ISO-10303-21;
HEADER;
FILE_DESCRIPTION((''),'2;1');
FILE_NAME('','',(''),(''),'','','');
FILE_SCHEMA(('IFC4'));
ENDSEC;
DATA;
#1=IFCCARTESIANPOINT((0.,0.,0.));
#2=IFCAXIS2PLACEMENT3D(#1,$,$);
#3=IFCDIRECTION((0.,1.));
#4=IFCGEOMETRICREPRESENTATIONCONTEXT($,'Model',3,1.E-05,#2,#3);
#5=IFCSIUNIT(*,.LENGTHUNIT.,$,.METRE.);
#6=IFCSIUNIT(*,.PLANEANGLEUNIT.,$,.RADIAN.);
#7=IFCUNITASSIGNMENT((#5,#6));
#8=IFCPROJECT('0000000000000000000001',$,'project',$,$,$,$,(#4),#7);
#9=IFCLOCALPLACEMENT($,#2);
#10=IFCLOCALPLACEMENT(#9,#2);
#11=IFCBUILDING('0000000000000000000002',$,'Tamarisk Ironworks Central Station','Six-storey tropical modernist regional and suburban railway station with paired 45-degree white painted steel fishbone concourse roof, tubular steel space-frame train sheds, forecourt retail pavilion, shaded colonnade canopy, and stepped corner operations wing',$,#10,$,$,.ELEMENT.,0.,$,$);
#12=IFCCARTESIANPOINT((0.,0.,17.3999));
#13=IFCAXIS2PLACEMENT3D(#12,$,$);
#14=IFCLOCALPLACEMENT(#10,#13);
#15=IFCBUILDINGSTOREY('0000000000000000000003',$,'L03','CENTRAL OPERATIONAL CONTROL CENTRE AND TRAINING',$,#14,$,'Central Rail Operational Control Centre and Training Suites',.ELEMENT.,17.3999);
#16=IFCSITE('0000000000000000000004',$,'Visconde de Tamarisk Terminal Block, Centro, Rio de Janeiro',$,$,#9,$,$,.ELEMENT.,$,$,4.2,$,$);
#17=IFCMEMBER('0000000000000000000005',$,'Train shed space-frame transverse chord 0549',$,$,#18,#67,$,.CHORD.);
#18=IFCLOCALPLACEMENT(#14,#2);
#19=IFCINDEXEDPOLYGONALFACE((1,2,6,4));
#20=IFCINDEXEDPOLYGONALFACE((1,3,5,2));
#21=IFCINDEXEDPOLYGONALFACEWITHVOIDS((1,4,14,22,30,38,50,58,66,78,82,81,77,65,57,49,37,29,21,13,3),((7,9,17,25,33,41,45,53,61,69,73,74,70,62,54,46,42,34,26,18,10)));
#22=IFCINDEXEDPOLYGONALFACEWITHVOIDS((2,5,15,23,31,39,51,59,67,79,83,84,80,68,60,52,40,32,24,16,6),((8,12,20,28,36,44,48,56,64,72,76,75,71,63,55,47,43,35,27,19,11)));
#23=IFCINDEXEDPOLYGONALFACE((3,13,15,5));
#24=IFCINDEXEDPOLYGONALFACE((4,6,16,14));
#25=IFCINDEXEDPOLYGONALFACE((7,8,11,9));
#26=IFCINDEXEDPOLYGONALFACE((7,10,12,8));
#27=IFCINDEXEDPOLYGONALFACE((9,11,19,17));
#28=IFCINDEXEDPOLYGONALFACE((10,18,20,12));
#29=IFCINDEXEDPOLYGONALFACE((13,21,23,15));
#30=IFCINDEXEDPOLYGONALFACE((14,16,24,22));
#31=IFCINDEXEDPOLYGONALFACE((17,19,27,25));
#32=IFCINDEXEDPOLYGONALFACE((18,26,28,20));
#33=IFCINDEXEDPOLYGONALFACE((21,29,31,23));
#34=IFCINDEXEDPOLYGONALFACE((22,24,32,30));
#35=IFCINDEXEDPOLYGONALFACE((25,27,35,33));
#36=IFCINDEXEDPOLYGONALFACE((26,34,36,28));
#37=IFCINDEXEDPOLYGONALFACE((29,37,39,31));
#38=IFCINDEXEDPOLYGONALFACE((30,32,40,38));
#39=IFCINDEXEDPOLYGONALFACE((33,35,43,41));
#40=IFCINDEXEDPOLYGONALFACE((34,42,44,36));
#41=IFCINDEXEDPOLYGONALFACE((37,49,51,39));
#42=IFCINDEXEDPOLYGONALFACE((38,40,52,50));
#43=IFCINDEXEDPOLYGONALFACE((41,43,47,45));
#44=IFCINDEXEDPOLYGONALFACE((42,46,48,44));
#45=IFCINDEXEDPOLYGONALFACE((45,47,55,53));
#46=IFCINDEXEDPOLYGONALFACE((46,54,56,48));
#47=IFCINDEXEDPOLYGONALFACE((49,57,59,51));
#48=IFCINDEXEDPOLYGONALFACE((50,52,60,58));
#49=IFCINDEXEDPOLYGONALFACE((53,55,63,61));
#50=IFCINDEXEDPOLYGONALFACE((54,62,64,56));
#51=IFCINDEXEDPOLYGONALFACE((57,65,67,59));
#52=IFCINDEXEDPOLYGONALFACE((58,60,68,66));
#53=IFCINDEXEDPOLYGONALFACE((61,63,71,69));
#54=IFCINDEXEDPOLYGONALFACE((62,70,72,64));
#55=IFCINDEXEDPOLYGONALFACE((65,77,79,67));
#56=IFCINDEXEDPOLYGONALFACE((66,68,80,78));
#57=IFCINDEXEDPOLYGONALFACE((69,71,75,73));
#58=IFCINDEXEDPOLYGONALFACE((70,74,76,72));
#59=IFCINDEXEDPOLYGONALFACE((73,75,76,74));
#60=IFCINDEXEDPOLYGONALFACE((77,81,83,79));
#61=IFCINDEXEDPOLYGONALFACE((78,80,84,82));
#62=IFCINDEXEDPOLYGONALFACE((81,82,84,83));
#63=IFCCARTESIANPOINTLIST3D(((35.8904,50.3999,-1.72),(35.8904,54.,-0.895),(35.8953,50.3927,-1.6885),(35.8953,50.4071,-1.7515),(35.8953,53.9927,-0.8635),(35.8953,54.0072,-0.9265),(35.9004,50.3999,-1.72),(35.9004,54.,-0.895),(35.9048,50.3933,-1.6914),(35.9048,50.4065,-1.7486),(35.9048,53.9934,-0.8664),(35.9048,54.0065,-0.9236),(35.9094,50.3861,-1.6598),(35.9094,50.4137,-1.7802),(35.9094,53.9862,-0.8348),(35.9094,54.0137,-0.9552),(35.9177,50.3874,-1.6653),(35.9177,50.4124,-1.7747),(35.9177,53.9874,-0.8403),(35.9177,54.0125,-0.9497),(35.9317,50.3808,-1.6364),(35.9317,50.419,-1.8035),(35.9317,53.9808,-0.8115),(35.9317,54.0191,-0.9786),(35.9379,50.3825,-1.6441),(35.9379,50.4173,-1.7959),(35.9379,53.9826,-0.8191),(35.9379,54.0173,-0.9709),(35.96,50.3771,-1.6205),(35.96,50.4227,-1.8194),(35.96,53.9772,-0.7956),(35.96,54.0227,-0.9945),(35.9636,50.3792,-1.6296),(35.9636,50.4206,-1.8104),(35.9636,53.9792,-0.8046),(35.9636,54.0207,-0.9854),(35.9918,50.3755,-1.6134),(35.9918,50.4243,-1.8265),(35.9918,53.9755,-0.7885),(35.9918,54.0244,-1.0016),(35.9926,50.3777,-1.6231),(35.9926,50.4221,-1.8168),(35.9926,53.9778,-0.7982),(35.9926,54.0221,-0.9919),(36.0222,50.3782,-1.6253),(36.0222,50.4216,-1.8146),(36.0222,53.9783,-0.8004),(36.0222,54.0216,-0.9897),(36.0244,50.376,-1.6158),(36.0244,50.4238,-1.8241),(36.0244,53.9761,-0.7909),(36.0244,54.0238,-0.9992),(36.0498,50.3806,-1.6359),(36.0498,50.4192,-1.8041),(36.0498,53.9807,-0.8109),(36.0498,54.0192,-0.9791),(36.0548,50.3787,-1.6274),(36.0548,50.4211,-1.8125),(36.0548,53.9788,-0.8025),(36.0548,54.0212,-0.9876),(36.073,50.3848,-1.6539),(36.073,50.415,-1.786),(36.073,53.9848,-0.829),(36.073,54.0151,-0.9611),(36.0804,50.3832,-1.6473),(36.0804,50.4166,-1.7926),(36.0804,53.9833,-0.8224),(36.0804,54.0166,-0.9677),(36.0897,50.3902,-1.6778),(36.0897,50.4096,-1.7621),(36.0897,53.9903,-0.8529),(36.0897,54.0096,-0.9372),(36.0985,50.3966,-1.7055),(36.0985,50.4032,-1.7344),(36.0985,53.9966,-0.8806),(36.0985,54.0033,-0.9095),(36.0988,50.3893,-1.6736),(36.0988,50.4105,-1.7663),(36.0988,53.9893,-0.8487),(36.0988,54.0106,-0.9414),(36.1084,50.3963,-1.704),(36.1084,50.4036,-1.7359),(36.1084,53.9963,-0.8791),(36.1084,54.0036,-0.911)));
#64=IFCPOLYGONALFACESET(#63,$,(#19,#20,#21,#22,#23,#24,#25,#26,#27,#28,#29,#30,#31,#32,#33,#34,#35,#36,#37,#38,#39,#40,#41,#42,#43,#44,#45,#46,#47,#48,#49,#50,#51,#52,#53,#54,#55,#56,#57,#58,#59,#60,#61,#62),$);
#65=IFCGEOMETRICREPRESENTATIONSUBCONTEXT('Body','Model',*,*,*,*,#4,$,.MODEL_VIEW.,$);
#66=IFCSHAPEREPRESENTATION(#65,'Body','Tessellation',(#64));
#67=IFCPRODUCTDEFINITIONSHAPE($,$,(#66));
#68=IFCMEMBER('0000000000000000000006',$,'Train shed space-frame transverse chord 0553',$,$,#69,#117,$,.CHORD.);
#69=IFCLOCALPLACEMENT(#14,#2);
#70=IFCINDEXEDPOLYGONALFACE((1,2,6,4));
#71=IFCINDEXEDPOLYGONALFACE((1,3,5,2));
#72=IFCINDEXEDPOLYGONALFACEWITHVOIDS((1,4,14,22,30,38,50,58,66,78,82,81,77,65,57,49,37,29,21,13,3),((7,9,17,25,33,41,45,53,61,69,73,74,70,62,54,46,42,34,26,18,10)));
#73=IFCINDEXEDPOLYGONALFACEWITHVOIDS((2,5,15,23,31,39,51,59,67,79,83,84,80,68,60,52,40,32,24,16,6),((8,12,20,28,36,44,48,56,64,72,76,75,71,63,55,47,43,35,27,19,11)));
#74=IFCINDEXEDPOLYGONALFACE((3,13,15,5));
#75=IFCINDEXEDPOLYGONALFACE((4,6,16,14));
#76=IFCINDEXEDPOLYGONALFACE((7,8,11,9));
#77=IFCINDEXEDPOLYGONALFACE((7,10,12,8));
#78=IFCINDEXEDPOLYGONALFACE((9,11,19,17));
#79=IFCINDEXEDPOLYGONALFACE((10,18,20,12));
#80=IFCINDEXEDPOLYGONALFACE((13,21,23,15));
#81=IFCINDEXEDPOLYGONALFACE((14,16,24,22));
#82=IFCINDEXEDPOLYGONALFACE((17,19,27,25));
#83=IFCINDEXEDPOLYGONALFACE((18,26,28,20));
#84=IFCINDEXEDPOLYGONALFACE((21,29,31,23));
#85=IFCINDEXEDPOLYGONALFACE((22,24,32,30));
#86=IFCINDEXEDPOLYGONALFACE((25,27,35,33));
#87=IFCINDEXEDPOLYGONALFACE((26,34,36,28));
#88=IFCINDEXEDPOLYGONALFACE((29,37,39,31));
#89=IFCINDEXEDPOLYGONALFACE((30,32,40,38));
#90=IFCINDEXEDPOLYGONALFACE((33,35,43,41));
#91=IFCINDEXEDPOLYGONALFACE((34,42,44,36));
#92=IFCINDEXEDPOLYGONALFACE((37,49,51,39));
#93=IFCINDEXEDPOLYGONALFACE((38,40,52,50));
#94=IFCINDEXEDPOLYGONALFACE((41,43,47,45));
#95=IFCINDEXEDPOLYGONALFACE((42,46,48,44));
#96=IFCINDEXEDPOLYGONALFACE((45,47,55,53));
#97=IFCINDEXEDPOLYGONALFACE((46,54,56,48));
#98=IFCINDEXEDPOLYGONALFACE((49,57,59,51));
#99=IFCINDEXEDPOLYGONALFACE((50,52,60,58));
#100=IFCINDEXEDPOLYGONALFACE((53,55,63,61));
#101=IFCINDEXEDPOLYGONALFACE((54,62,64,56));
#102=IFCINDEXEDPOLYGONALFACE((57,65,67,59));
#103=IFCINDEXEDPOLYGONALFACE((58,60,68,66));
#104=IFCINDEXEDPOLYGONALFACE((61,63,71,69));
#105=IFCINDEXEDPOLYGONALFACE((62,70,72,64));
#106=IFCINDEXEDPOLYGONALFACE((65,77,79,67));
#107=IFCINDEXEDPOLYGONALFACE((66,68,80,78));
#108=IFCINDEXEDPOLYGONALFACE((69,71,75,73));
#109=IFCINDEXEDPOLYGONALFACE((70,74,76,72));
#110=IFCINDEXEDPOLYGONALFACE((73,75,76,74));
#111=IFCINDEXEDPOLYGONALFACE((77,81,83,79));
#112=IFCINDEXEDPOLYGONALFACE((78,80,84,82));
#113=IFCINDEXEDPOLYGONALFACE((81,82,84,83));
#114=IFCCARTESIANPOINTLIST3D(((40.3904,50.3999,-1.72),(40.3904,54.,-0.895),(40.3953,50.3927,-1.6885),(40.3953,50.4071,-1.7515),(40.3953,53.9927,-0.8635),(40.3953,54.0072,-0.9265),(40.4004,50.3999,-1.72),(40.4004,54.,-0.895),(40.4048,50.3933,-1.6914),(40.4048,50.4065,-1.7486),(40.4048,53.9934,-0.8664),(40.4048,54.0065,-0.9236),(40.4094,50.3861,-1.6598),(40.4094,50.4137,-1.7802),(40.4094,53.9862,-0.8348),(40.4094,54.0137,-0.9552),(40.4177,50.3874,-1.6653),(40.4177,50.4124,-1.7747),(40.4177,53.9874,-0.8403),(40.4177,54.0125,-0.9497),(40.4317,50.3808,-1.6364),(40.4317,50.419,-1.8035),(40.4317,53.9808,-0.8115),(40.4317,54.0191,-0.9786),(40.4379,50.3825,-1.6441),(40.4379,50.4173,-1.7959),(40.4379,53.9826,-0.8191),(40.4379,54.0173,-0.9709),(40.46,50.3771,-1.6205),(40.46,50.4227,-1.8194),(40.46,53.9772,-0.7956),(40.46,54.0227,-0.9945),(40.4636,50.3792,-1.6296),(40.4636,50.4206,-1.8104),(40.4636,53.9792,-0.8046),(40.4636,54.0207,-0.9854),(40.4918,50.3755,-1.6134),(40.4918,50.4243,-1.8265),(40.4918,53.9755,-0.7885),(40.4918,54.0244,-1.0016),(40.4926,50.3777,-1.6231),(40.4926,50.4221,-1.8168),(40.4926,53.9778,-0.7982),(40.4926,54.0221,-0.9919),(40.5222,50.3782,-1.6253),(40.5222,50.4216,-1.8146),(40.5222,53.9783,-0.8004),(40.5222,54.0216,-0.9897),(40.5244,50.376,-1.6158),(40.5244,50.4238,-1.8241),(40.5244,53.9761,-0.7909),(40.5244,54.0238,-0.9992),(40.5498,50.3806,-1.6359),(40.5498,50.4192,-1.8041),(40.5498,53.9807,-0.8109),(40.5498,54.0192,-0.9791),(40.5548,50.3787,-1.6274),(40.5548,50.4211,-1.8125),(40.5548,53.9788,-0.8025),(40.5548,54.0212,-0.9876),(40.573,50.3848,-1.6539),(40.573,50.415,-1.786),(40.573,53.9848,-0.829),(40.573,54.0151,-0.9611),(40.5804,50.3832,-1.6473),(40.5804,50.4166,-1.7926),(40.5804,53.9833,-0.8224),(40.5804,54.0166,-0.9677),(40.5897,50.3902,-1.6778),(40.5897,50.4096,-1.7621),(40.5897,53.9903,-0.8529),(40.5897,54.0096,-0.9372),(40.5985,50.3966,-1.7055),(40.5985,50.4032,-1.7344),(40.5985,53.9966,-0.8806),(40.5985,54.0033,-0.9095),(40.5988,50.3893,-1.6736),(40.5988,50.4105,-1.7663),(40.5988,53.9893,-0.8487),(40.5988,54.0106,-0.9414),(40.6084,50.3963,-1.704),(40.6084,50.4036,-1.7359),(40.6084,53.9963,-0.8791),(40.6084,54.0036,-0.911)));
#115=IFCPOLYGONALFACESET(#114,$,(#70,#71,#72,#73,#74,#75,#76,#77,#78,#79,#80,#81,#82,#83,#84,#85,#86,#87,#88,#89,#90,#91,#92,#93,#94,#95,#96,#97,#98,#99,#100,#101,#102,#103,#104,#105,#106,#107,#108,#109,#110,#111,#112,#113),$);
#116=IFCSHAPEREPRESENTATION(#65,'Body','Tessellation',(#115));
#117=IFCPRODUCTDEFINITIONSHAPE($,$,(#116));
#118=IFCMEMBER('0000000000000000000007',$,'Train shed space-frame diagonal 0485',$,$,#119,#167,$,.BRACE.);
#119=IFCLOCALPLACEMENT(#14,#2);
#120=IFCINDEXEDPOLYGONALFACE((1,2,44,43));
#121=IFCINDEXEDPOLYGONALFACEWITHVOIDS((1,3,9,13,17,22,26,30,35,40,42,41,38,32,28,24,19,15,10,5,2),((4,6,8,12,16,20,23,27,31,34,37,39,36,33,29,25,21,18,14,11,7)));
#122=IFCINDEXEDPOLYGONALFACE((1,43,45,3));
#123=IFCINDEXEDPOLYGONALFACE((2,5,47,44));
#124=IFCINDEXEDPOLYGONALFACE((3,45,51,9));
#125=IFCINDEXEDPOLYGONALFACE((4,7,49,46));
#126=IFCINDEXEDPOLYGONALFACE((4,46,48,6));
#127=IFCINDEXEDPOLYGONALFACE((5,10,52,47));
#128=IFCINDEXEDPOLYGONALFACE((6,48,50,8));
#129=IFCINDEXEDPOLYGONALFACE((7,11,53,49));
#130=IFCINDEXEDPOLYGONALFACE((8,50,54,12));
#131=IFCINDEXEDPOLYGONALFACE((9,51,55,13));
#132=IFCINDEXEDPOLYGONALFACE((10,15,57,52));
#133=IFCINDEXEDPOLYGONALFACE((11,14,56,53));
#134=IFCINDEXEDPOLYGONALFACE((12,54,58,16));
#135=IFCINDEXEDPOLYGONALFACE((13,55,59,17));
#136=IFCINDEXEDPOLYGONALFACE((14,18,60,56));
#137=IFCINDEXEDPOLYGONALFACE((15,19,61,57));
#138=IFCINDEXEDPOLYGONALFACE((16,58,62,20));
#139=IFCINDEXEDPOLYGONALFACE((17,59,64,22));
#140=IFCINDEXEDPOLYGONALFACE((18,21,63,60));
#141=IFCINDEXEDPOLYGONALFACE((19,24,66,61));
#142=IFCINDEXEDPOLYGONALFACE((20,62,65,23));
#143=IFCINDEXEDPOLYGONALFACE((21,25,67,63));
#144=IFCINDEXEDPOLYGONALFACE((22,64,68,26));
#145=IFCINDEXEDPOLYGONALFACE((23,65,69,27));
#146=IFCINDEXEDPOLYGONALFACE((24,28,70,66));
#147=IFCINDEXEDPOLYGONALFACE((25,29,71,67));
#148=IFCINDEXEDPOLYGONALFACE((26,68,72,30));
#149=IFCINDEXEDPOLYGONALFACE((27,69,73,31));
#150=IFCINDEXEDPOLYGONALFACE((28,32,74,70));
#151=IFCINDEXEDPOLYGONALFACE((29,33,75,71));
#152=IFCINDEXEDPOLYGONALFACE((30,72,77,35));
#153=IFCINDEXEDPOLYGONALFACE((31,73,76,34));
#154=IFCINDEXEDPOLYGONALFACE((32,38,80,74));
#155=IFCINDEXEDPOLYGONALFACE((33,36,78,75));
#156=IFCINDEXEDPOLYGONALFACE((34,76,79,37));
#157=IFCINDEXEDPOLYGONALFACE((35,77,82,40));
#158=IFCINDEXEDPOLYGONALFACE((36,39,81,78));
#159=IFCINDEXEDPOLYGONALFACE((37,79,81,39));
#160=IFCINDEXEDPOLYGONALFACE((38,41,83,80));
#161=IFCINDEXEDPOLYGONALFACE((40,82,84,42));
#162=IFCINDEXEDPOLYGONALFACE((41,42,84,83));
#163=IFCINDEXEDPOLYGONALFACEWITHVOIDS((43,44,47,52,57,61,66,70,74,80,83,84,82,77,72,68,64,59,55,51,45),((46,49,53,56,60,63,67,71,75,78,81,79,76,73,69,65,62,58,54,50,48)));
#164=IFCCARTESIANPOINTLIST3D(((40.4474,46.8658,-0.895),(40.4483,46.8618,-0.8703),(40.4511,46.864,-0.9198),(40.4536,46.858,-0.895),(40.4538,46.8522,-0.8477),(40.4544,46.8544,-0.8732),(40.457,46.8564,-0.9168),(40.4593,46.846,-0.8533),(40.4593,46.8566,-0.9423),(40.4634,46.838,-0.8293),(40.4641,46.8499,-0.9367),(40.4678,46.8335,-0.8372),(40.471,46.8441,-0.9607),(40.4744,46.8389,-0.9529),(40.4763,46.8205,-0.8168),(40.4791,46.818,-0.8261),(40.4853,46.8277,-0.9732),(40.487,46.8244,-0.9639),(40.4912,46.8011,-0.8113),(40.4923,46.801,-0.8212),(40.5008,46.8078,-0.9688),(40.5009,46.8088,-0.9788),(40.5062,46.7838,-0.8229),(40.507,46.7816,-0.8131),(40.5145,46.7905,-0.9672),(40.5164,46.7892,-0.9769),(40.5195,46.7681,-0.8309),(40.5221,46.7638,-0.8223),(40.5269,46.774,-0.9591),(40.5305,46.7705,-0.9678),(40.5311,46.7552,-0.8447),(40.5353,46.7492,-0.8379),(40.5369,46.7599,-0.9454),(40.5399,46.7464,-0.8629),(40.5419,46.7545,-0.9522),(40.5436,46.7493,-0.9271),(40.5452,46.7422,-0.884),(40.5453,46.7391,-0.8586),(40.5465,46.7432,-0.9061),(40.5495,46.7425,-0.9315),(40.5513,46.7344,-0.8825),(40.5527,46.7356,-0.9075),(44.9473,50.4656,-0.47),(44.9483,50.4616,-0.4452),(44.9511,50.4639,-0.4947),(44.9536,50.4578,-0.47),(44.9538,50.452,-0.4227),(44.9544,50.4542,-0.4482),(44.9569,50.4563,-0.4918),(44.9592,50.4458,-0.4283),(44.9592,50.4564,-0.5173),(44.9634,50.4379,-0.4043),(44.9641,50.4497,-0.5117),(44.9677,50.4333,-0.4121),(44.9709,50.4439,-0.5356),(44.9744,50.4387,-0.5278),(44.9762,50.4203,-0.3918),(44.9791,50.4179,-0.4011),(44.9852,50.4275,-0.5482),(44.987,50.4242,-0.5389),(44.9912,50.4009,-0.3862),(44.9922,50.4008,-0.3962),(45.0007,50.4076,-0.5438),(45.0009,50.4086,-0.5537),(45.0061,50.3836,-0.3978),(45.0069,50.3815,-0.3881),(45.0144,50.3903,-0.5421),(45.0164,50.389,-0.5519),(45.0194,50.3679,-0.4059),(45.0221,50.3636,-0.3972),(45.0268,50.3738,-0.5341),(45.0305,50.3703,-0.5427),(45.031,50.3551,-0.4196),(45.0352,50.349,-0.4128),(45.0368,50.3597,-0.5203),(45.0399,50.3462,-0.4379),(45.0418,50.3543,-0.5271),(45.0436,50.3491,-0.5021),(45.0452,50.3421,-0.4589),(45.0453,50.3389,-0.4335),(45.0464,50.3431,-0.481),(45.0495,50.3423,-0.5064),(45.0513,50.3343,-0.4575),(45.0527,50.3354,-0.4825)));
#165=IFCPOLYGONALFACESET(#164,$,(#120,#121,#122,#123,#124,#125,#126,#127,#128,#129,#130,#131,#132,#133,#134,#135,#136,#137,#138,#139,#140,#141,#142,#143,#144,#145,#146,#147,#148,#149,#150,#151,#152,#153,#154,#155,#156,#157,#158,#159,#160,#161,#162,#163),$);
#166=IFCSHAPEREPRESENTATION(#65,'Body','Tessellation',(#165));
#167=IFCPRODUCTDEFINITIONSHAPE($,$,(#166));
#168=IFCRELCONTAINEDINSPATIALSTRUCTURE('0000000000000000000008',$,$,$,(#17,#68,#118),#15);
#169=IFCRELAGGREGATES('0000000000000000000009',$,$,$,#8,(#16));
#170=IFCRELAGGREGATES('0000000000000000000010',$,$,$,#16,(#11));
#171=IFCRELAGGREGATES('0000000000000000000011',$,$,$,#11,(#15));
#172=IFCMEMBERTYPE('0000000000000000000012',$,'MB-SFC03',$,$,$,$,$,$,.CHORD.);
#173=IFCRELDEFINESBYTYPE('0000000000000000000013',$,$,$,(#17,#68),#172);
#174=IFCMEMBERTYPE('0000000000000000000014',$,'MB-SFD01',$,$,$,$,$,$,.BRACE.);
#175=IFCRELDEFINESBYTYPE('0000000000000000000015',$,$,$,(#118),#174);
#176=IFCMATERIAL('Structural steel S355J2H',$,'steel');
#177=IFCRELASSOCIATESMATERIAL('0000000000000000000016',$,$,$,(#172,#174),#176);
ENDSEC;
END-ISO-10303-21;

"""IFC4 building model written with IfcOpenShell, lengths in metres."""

from ifc_helpers import new_model, si_unit, direction, frame, origin, origin_2d, place, context, subcontext, project, spatial, hollow_circle, extrude, material, material_profile, profile_set, type_object, element, save


model = new_model("IFC4")

# Units and contexts
model_context = context("Model", 3, precision=1e-05, world=origin(), true_north=direction((0.0, 1.0)))
body_context = subcontext(model_context, "Body", "Model", "MODEL_VIEW")
ifc_project = project(units=[si_unit("LENGTHUNIT", "METRE"), si_unit("PLANEANGLEUNIT", "RADIAN")], contexts=[model_context])

# Site, building, storey
site_placement = place(None, origin())
site = spatial("IfcSite", under=ifc_project, at=site_placement, Name="Visconde de Tamarisk Terminal Block, Centro, Rio de Janeiro", CompositionType="ELEMENT", RefElevation=4.2)
building_placement = place(site_placement, origin())
building = spatial("IfcBuilding", under=site, at=building_placement, Name="Tamarisk Ironworks Central Station", Description="Six-storey tropical modernist regional and suburban railway station with paired 45-degree white painted steel fishbone concourse roof, tubular steel space-frame train sheds, forecourt retail pavilion, shaded colonnade canopy, and stepped corner operations wing", CompositionType="ELEMENT", ElevationOfRefHeight=0.0)
storey_placement = place(building_placement, frame((0.0, 0.0, 17.3999)))
storey = spatial("IfcBuildingStorey", under=building, at=storey_placement, Name="L03", Description="CENTRAL OPERATIONAL CONTROL CENTRE AND TRAINING", LongName="Central Rail Operational Control Centre and Training Suites", CompositionType="ELEMENT", Elevation=17.3999)

# Members
ifc_material_1 = material(Name="Structural steel S355J2H", Category="steel")
ifc_material_profile_1 = material_profile(ifc_material_1, hollow_circle(Radius=0.1096, WallThickness=0.01, at=origin_2d()), Name="CHS 219.1x10")
ifc_profile_set_1 = profile_set([ifc_material_profile_1], Name="Structural steel S355J2H")
member_type_1 = type_object("IfcMemberType", Name="MB-SFC03", PredefinedType="CHORD", material=ifc_profile_set_1)
for number, where, z_axis, x_axis, name in (
    (1, (36.0, 50.3999, -1.72), (0.0, 0.974737, 0.223358), (-1.0, 0.0, 0.0), "Train shed space-frame transverse chord 0549"),
    (2, (40.5, 50.3999, -1.72), (0.0, 0.974737, 0.223358), (-1.0, 0.0, 0.0), "Train shed space-frame transverse chord 0553"),
):
    element("IfcMember", number, at=place(storey_placement, frame(where, z_axis=z_axis, x_axis=x_axis)), inside=storey, type_object=member_type_1, Name=name, PredefinedType="CHORD", context=body_context, shape_type="SweptSolid", body=[
        extrude(hollow_circle(Radius=0.1096, WallThickness=0.01, at=origin_2d()), origin(), (0.0, 0.0, 1.0), 3.6934),
    ])
ifc_material_profile_2 = material_profile(ifc_material_1, hollow_circle(Radius=0.0842, WallThickness=0.01, at=origin_2d()), Name="CHS 168.3x10")
ifc_profile_set_2 = profile_set([ifc_material_profile_2], Name="Structural steel S355J2H")
member_type_2 = type_object("IfcMemberType", Name="MB-SFD01", PredefinedType="BRACE", material=ifc_profile_set_2)
member_1_placement = place(storey_placement, frame((40.5, 46.8, -0.895), z_axis=(0.778766, 0.622987, 0.073559), x_axis=(-0.62468, 0.780881, 0.0)))
element("IfcMember", 3, at=member_1_placement, inside=storey, type_object=member_type_2, Name="Train shed space-frame diagonal 0485", PredefinedType="BRACE", context=body_context, shape_type="SweptSolid", body=[
    extrude(hollow_circle(Radius=0.0842, WallThickness=0.01, at=origin_2d()), origin(), (0.0, 0.0, 1.0), 5.7783),
])

save(model, "model.ifc")
